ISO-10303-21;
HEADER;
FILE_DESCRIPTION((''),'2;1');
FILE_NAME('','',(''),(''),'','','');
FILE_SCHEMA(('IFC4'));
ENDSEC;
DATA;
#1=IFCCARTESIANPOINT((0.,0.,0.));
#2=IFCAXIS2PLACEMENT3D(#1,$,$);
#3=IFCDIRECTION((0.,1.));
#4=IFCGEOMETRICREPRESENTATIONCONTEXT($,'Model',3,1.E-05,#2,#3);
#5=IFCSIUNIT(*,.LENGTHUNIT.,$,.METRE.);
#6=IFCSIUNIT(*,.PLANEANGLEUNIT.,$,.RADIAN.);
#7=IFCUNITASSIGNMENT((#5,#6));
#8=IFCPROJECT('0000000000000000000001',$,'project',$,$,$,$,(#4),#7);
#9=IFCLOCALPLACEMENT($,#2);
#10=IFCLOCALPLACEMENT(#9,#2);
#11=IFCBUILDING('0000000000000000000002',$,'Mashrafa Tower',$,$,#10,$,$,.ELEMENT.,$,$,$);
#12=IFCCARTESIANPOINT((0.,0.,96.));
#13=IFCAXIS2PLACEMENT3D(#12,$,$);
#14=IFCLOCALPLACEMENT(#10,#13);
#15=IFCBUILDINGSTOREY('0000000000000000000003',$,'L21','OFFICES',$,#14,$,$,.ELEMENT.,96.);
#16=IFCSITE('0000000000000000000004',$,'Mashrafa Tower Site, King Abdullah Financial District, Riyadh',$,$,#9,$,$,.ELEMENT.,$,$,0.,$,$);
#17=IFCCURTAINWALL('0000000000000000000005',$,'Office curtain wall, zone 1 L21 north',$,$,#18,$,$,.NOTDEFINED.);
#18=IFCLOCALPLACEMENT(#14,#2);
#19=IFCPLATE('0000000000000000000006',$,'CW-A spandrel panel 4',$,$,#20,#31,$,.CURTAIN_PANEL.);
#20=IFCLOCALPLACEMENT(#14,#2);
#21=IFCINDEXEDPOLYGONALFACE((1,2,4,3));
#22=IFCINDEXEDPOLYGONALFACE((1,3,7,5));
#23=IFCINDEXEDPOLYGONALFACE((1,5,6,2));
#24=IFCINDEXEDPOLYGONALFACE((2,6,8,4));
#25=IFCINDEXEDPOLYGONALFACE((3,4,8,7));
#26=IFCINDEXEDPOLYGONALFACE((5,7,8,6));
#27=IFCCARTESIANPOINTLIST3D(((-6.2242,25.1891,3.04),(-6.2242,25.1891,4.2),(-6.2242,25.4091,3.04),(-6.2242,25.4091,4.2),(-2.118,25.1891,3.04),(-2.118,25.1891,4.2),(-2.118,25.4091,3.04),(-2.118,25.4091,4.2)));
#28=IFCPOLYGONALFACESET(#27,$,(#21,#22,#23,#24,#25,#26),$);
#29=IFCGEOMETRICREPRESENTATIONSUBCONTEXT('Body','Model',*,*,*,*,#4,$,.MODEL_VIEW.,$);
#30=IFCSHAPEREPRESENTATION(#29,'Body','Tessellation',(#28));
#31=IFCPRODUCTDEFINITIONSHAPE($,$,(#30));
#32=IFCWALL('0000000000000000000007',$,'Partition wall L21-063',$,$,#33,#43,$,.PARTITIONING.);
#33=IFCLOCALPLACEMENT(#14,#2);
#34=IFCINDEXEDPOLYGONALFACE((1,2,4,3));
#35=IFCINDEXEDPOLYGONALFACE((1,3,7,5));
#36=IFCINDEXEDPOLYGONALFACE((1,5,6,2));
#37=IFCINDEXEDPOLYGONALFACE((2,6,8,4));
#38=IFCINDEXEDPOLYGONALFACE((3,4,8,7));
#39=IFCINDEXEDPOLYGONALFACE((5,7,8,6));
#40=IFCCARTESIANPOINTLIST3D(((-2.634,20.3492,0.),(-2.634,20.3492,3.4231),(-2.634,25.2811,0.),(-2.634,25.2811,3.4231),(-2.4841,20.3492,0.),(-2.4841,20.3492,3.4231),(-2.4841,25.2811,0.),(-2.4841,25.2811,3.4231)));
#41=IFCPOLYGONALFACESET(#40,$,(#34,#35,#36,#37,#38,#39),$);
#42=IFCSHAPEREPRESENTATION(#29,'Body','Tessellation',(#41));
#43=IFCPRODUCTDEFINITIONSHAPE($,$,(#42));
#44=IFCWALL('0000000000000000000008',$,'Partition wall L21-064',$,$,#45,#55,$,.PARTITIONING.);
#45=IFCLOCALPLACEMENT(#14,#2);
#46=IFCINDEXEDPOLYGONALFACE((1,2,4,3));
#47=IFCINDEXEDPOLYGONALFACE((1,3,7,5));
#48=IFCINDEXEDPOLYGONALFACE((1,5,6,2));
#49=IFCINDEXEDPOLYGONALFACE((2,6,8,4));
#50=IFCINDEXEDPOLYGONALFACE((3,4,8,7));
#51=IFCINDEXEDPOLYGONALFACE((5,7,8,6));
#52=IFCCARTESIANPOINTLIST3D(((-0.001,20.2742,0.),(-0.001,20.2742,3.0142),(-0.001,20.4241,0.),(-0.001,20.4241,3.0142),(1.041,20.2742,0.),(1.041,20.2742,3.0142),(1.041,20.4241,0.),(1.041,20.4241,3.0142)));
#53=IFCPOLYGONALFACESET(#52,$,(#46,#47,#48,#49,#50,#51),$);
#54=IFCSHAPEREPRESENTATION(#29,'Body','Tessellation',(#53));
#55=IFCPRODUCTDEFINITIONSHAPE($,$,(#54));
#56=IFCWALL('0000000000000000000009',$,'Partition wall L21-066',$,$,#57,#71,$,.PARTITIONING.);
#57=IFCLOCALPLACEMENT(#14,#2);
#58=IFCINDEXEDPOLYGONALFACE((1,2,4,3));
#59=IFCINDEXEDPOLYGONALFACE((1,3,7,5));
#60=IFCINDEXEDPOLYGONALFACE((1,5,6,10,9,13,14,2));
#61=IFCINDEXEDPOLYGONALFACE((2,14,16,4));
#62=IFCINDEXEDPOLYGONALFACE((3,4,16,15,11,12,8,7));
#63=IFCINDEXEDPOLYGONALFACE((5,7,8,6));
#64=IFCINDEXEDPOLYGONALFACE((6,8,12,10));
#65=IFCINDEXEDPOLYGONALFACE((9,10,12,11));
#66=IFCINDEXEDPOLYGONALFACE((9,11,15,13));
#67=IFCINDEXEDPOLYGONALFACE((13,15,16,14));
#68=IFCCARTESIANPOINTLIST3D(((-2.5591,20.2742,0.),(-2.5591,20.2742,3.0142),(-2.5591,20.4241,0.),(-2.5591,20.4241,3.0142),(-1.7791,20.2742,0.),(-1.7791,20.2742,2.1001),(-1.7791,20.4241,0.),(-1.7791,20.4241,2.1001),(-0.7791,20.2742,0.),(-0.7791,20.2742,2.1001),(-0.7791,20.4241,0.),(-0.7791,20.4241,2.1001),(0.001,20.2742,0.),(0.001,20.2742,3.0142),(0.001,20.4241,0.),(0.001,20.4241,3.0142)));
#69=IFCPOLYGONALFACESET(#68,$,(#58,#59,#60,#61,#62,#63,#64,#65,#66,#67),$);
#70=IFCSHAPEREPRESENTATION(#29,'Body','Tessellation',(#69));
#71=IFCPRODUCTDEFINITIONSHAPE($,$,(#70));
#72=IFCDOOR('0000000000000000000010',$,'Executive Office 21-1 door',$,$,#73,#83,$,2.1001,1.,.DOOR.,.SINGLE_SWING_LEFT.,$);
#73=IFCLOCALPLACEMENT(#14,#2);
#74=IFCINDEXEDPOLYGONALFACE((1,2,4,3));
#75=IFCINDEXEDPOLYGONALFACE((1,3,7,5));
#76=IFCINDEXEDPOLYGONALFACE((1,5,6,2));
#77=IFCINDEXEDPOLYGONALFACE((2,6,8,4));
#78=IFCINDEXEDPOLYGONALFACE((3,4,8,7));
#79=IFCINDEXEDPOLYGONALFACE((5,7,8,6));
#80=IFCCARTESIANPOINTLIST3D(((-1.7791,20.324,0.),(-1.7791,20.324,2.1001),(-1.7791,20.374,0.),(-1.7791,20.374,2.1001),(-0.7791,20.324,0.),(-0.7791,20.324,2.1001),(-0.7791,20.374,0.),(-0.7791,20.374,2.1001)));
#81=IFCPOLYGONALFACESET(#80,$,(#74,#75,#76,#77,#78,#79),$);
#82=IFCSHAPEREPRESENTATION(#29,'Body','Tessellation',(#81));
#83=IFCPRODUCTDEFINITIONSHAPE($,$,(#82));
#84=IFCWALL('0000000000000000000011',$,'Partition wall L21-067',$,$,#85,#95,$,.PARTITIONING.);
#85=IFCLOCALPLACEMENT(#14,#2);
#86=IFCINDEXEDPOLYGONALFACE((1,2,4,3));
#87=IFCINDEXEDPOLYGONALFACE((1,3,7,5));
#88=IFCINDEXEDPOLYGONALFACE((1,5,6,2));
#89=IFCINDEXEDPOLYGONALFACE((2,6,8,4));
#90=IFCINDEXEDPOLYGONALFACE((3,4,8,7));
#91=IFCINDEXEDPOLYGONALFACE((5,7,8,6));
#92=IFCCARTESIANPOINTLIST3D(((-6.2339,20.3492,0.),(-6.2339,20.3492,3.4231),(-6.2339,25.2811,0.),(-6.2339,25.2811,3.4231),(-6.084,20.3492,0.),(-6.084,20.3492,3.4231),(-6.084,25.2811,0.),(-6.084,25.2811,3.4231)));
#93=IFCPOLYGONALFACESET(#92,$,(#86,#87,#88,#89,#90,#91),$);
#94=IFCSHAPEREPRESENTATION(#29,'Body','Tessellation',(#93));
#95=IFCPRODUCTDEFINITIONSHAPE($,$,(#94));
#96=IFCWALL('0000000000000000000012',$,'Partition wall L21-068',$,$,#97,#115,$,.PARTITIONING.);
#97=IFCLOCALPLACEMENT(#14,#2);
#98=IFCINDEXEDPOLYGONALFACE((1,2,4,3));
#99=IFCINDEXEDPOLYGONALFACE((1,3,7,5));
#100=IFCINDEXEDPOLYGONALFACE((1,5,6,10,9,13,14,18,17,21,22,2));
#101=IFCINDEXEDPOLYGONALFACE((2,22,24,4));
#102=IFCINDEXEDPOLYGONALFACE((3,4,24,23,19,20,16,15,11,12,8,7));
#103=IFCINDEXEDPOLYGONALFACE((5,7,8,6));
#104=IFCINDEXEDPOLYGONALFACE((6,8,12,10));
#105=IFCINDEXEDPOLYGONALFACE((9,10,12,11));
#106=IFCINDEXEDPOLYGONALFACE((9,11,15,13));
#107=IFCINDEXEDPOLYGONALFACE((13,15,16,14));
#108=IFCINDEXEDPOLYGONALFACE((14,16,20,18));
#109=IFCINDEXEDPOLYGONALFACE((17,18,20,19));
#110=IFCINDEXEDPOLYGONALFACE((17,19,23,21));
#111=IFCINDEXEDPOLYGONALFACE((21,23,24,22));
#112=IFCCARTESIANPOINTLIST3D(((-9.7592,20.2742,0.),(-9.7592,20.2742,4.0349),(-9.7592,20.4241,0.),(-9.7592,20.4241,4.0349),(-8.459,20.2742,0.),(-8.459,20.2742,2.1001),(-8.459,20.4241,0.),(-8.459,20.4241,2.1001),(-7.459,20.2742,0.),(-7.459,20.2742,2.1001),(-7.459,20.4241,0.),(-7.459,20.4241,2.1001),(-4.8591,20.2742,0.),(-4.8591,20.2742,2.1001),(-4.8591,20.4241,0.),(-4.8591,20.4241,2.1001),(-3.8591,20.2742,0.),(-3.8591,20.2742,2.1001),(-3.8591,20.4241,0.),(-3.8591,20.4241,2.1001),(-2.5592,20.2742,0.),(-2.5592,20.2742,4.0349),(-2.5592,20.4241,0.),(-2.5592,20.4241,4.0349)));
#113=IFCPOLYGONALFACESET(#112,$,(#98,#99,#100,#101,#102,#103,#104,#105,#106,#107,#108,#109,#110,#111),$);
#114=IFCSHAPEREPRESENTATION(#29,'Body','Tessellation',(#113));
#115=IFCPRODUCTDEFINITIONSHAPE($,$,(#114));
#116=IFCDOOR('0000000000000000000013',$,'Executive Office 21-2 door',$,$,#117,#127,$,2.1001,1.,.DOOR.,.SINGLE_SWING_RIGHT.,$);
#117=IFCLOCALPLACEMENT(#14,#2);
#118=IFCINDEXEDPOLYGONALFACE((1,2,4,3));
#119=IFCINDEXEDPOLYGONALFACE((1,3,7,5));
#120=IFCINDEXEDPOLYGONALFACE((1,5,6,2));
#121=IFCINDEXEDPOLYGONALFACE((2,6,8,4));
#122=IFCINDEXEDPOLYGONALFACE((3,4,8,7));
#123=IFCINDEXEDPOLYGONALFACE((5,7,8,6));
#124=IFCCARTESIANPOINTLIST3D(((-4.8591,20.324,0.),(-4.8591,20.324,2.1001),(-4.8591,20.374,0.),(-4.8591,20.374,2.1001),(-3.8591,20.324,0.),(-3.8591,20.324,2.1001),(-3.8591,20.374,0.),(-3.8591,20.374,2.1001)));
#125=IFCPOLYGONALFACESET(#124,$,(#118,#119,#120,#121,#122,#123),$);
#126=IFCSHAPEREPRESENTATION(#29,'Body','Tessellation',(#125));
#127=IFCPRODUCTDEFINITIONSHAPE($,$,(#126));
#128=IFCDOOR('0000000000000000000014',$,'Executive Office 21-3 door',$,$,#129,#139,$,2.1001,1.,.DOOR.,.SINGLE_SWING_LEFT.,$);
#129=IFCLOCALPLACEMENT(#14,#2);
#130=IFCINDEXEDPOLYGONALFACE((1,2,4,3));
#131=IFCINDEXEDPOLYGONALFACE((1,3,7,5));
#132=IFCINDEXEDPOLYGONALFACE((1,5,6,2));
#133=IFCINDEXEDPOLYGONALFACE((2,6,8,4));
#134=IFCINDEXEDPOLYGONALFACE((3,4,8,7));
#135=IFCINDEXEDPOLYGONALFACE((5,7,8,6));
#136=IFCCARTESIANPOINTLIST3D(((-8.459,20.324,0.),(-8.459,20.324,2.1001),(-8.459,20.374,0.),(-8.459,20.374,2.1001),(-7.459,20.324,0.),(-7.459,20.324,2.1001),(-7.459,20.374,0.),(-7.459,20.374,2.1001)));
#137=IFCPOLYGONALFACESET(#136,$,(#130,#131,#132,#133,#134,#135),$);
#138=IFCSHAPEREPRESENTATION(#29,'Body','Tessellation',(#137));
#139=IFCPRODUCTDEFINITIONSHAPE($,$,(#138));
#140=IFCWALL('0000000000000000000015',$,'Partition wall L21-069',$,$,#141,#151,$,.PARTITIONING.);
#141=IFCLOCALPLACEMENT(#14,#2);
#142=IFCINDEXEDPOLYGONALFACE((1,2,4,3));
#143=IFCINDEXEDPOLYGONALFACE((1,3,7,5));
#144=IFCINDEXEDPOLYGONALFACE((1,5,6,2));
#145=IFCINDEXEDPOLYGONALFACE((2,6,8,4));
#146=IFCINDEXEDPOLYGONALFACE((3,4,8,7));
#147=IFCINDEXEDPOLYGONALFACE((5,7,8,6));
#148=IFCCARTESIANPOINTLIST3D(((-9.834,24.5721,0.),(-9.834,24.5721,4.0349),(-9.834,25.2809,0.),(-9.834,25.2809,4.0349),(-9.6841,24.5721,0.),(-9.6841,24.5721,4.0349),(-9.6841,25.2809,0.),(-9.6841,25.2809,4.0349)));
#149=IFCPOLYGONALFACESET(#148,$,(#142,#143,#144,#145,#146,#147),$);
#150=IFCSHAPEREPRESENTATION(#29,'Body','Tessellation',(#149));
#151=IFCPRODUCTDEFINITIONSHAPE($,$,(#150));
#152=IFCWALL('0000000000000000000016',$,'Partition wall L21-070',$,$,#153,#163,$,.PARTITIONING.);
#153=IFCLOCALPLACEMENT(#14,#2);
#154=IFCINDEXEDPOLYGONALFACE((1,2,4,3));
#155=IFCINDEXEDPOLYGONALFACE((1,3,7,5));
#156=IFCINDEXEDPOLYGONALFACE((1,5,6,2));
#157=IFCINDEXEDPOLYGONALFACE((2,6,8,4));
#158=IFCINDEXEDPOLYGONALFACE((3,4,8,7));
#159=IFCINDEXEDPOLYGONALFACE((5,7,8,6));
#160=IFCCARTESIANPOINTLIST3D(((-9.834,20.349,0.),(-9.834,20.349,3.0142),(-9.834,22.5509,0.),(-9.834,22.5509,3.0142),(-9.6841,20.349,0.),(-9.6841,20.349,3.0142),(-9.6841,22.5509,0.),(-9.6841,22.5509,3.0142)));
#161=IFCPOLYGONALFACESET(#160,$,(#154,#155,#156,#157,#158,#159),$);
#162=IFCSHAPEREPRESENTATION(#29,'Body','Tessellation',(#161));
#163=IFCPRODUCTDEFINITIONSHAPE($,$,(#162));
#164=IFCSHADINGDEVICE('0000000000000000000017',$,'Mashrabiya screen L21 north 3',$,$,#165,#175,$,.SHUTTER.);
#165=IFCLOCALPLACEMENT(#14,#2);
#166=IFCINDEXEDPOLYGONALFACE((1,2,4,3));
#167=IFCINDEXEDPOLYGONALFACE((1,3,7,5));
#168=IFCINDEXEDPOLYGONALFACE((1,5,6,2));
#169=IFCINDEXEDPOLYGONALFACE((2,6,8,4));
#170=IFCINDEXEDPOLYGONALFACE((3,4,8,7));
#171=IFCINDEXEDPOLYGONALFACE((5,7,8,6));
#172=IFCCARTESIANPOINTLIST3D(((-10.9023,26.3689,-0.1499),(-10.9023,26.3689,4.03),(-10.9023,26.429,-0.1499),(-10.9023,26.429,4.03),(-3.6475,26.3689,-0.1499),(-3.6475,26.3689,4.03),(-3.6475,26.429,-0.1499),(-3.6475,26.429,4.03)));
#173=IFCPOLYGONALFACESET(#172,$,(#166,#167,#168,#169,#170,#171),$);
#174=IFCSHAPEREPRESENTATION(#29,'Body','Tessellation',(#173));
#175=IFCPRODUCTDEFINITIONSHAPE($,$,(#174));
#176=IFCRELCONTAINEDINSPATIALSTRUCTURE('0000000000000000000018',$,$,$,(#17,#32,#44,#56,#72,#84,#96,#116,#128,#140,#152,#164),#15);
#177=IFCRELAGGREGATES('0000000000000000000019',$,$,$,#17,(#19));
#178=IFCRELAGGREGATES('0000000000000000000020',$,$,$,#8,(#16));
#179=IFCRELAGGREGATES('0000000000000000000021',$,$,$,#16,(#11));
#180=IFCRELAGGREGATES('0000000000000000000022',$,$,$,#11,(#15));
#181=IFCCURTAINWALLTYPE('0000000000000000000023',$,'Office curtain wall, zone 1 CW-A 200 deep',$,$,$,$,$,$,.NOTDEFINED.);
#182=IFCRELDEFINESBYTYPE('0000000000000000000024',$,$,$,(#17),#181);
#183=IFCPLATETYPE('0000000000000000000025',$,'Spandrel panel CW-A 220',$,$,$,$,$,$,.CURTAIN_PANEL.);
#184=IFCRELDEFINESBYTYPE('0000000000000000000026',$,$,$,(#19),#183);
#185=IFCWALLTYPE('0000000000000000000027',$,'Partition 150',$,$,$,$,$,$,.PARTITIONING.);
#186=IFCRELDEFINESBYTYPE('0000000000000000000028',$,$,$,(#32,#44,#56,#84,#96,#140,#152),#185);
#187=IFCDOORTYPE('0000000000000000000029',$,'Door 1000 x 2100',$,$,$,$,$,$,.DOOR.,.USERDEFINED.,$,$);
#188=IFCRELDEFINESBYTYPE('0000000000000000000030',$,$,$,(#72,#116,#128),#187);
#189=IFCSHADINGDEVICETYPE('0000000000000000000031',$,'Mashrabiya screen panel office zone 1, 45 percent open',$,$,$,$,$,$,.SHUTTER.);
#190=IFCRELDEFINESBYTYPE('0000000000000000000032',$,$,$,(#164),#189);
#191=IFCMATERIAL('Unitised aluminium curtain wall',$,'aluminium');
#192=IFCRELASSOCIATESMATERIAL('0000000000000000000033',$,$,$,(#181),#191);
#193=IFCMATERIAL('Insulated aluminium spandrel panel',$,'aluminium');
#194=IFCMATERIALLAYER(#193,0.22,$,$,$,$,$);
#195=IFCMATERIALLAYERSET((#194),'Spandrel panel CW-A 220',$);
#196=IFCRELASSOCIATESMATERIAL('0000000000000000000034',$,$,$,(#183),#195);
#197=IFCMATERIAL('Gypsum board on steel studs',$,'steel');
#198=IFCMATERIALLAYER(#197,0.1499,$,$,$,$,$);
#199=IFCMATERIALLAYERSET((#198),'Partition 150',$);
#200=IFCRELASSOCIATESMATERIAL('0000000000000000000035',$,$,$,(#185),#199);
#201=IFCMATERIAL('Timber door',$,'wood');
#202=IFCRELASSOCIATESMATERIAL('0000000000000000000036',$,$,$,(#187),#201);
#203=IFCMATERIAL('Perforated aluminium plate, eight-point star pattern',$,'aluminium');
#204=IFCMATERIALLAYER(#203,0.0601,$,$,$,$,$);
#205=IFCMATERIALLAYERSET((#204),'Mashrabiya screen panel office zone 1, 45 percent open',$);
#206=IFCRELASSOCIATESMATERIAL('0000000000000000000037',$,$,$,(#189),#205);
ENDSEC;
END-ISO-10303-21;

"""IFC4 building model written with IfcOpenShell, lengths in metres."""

from ifc_helpers import new_model, si_unit, direction, frame, frame_2d, origin, origin_2d, place, context, subcontext, project, spatial, rectangle, extrude, source, transform, mapped, material, layer, layer_set, type_object, type_shapes, element, fill, aggregate, save


model = new_model("IFC4")

# Units and contexts
model_context = context("Model", 3, precision=1e-05, world=origin(), true_north=direction((0.0, 1.0)))
body_context = subcontext(model_context, "Body", "Model", "MODEL_VIEW")
ifc_project = project(units=[si_unit("LENGTHUNIT", "METRE"), si_unit("PLANEANGLEUNIT", "RADIAN")], contexts=[model_context])

# Site, building, storey
site_placement = place(None, origin())
site = spatial("IfcSite", under=ifc_project, at=site_placement, Name="Mashrafa Tower Site, King Abdullah Financial District, Riyadh", CompositionType="ELEMENT", RefElevation=0.0)
building_placement = place(site_placement, origin())
building = spatial("IfcBuilding", under=site, at=building_placement, Name="Mashrafa Tower", CompositionType="ELEMENT")
storey_placement = place(building_placement, frame((0.0, 0.0, 96.0)))
storey = spatial("IfcBuildingStorey", under=building, at=storey_placement, Name="L21", Description="OFFICES", CompositionType="ELEMENT", Elevation=96.0)

# Curtain wall
ifc_material_1 = material(Name="Unitised aluminium curtain wall", Category="aluminium")
curtain_wall_type = type_object("IfcCurtainWallType", Name="Office curtain wall, zone 1 CW-A 200 deep", PredefinedType="NOTDEFINED", material=ifc_material_1)
curtain_wall_1_placement = place(storey_placement, origin())
curtain_wall_1 = element("IfcCurtainWall", 1, at=curtain_wall_1_placement, inside=storey, type_object=curtain_wall_type, Name="Office curtain wall, zone 1 L21 north", PredefinedType="NOTDEFINED")

# Plate
ifc_material_2 = material(Name="Insulated aluminium spandrel panel", Category="aluminium")
ifc_layer_1 = layer(ifc_material_2, 0.22)
ifc_layer_set_1 = layer_set([ifc_layer_1], Name="Spandrel panel CW-A 220")
plate_type_1 = type_object("IfcPlateType", Name="Spandrel panel CW-A 220", PredefinedType="CURTAIN_PANEL", material=ifc_layer_set_1)
shared_shape_1 = source(origin(), body_context, "Body", "SweptSolid", [
    extrude(rectangle(XDim=4.1062, YDim=0.22, at=origin_2d()), origin(), (0.0, 0.0, 1.0), 1.1599),
])
plate_1_placement = place(storey_placement, frame((-4.1711, 25.2991, 3.04), z_axis=(0.0, 0.0, 1.0), x_axis=(-1.0, 0.0, 0.0)))
plate_1 = element("IfcPlate", 2, at=plate_1_placement, type_object=plate_type_1, Name="CW-A spandrel panel 4", PredefinedType="CURTAIN_PANEL", context=body_context, shape_type="MappedRepresentation", body=[
    mapped(shared_shape_1, transform((0.0, 0.0, 0.0))),
])
aggregate(curtain_wall_1, [plate_1])

# Walls
ifc_material_3 = material(Name="Gypsum board on steel studs", Category="steel")
ifc_layer_2 = layer(ifc_material_3, 0.1499)
ifc_layer_set_2 = layer_set([ifc_layer_2], Name="Partition 150")
wall_type = type_object("IfcWallType", Name="Partition 150", PredefinedType="PARTITIONING", material=ifc_layer_set_2)
wall_1_placement = place(storey_placement, frame((-2.5591, 25.281, 0.0), z_axis=(0.0, 0.0, 1.0), x_axis=(0.0, -1.0, 0.0)))
element("IfcWall", 3, at=wall_1_placement, inside=storey, type_object=wall_type, Name="Partition wall L21-063", PredefinedType="PARTITIONING", context=body_context, shape_type="SweptSolid", body=[
    extrude(rectangle(XDim=4.9319, YDim=0.1499, at=frame_2d((2.4658, 0.0))), origin(), (0.0, 0.0, 1.0), 3.4231),
])
wall_2_placement = place(storey_placement, frame((-0.001, 20.3491, 0.0), z_axis=(0.0, 0.0, 1.0), x_axis=(1.0, 0.0, 0.0)))
element("IfcWall", 4, at=wall_2_placement, inside=storey, type_object=wall_type, Name="Partition wall L21-064", PredefinedType="PARTITIONING", context=body_context, shape_type="SweptSolid", body=[
    extrude(rectangle(XDim=1.042, YDim=0.1499, at=frame_2d((0.521, 0.0))), origin(), (0.0, 0.0, 1.0), 3.0142),
])

# Wall, opening, door
wall_3_placement = place(storey_placement, frame((-2.5591, 20.3491, 0.0), z_axis=(0.0, 0.0, 1.0), x_axis=(1.0, 0.0, 0.0)))
wall_3 = element("IfcWall", 5, at=wall_3_placement, inside=storey, type_object=wall_type, Name="Partition wall L21-066", PredefinedType="PARTITIONING", context=body_context, shape_type="SweptSolid", body=[
    extrude(rectangle(XDim=2.5601, YDim=0.1499, at=frame_2d((1.28, 0.0))), origin(), (0.0, 0.0, 1.0), 3.0142),
])
opening_1_placement = place(wall_3_placement, frame((0.78, 0.0, 0.0)))
opening_1 = element("IfcOpeningElement", 6, at=opening_1_placement, cuts=wall_3, PredefinedType="OPENING", context=body_context, shape_type="SweptSolid", body=[
    extrude(rectangle(XDim=1.0, YDim=2.1001, at=frame_2d((0.5, 1.05))), frame((0.0, 0.085, 0.0), z_axis=(0.0, -1.0, 0.0), x_axis=(1.0, 0.0, 0.0)), (0.0, 0.0, 1.0), 0.1699),
])
ifc_material_4 = material(Name="Timber door", Category="wood")
door_type = type_object("IfcDoorType", Name="Door 1000 x 2100", OperationType="USERDEFINED", PredefinedType="DOOR", material=ifc_material_4)
door_1_placement = place(opening_1_placement, origin())
door_1 = element("IfcDoor", 7, at=door_1_placement, inside=storey, type_object=door_type, Name="Executive Office 21-1 door", OperationType="SINGLE_SWING_LEFT", OverallHeight=2.1001, OverallWidth=1.0, PredefinedType="DOOR", context=body_context, shape_type="SweptSolid", body=[
    extrude(rectangle(XDim=1.0, YDim=2.1001, at=frame_2d((0.5, 1.05))), frame((0.0, 0.0249, 0.0), z_axis=(0.0, -1.0, 0.0), x_axis=(1.0, 0.0, 0.0)), (0.0, 0.0, 1.0), 0.05),
])
fill(opening_1, door_1)

# Wall
wall_4_placement = place(storey_placement, frame((-6.1589, 25.281, 0.0), z_axis=(0.0, 0.0, 1.0), x_axis=(0.0, -1.0, 0.0)))
element("IfcWall", 8, at=wall_4_placement, inside=storey, type_object=wall_type, Name="Partition wall L21-067", PredefinedType="PARTITIONING", context=body_context, shape_type="SweptSolid", body=[
    extrude(rectangle(XDim=4.9319, YDim=0.1499, at=frame_2d((2.4658, 0.0))), origin(), (0.0, 0.0, 1.0), 3.4231),
])

# Wall, openings, doors
wall_5_placement = place(storey_placement, frame((-2.5591, 20.3491, 0.0), z_axis=(0.0, 0.0, 1.0), x_axis=(-1.0, 0.0, 0.0)))
wall_5 = element("IfcWall", 9, at=wall_5_placement, inside=storey, type_object=wall_type, Name="Partition wall L21-068", PredefinedType="PARTITIONING", context=body_context, shape_type="SweptSolid", body=[
    extrude(rectangle(XDim=7.2, YDim=0.1499, at=frame_2d((3.6001, 0.0))), origin(), (0.0, 0.0, 1.0), 4.0349),
])
opening_2_placement = place(wall_5_placement, frame((1.3, 0.0, 0.0)))
opening_2 = element("IfcOpeningElement", 10, at=opening_2_placement, cuts=wall_5, PredefinedType="OPENING", context=body_context, shape_type="SweptSolid", body=[
    extrude(rectangle(XDim=1.0, YDim=2.1001, at=frame_2d((0.5, 1.05))), frame((0.0, 0.085, 0.0), z_axis=(0.0, -1.0, 0.0), x_axis=(1.0, 0.0, 0.0)), (0.0, 0.0, 1.0), 0.1699),
])
opening_3_placement = place(wall_5_placement, frame((4.8999, 0.0, 0.0)))
opening_3 = element("IfcOpeningElement", 11, at=opening_3_placement, cuts=wall_5, PredefinedType="OPENING", context=body_context, shape_type="SweptSolid", body=[
    extrude(rectangle(XDim=1.0, YDim=2.1001, at=frame_2d((0.5, 1.05))), frame((0.0, 0.085, 0.0), z_axis=(0.0, -1.0, 0.0), x_axis=(1.0, 0.0, 0.0)), (0.0, 0.0, 1.0), 0.1699),
])
door_2_placement = place(opening_2_placement, frame((1.0, 0.0, 0.0), z_axis=(0.0, 0.0, 1.0), x_axis=(-1.0, 0.0, 0.0)))
door_2 = element("IfcDoor", 12, at=door_2_placement, inside=storey, type_object=door_type, Name="Executive Office 21-2 door", OperationType="SINGLE_SWING_RIGHT", OverallHeight=2.1001, OverallWidth=1.0, PredefinedType="DOOR", context=body_context, shape_type="SweptSolid", body=[
    extrude(rectangle(XDim=1.0, YDim=2.1001, at=frame_2d((0.5, 1.05))), frame((0.0, 0.0249, 0.0), z_axis=(0.0, -1.0, 0.0), x_axis=(1.0, 0.0, 0.0)), (0.0, 0.0, 1.0), 0.05),
])
fill(opening_2, door_2)
door_3_placement = place(opening_3_placement, frame((1.0, 0.0, 0.0), z_axis=(0.0, 0.0, 1.0), x_axis=(-1.0, 0.0, 0.0)))
door_3 = element("IfcDoor", 13, at=door_3_placement, inside=storey, type_object=door_type, Name="Executive Office 21-3 door", OperationType="SINGLE_SWING_LEFT", OverallHeight=2.1001, OverallWidth=1.0, PredefinedType="DOOR", context=body_context, shape_type="SweptSolid", body=[
    extrude(rectangle(XDim=1.0, YDim=2.1001, at=frame_2d((0.5, 1.05))), frame((0.0, 0.0249, 0.0), z_axis=(0.0, -1.0, 0.0), x_axis=(1.0, 0.0, 0.0)), (0.0, 0.0, 1.0), 0.05),
])
fill(opening_3, door_3)

# Walls
wall_6_placement = place(storey_placement, frame((-9.759, 25.281, 0.0), z_axis=(0.0, 0.0, 1.0), x_axis=(0.0, -1.0, 0.0)))
element("IfcWall", 14, at=wall_6_placement, inside=storey, type_object=wall_type, Name="Partition wall L21-069", PredefinedType="PARTITIONING", context=body_context, shape_type="SweptSolid", body=[
    extrude(rectangle(XDim=0.7087, YDim=0.1499, at=frame_2d((0.3545, 0.0))), origin(), (0.0, 0.0, 1.0), 4.0349),
])
wall_7_placement = place(storey_placement, frame((-9.759, 22.551, 0.0), z_axis=(0.0, 0.0, 1.0), x_axis=(0.0, -1.0, 0.0)))
element("IfcWall", 15, at=wall_7_placement, inside=storey, type_object=wall_type, Name="Partition wall L21-070", PredefinedType="PARTITIONING", context=body_context, shape_type="SweptSolid", body=[
    extrude(rectangle(XDim=2.2019, YDim=0.1499, at=frame_2d((1.1011, 0.0))), origin(), (0.0, 0.0, 1.0), 3.0142),
])

# Shading device
ifc_material_5 = material(Name="Perforated aluminium plate, eight-point star pattern", Category="aluminium")
ifc_layer_3 = layer(ifc_material_5, 0.0601)
ifc_layer_set_3 = layer_set([ifc_layer_3], Name="Mashrabiya screen panel office zone 1, 45 percent open")
shading_device_type = type_object("IfcShadingDeviceType", Name="Mashrabiya screen panel office zone 1, 45 percent open", PredefinedType="SHUTTER", material=ifc_layer_set_3)
shared_shape_2 = source(origin(), body_context, "Body", "SweptSolid", [
    extrude(rectangle(XDim=7.2549, YDim=0.0601, at=origin_2d()), origin(), (0.0, 0.0, 1.0), 4.1799),
])
type_shapes(shading_device_type, [shared_shape_2])
for number, where, z_axis, x_axis, name in (
    (16, (-7.2749, 26.3989, -0.1499), (0.0, 0.0, 1.0), (-1.0, 0.0, 0.0), "Mashrabiya screen L21 north 3"),
):
    element("IfcShadingDevice", number, at=place(storey_placement, frame(where, z_axis=z_axis, x_axis=x_axis)), inside=storey, type_object=shading_device_type, Name=name, PredefinedType="SHUTTER", context=body_context, shape_type="MappedRepresentation", body=[
        mapped(shared_shape_2, transform((0.0, 0.0, 0.0))),
    ])

save(model, "model.ifc")
